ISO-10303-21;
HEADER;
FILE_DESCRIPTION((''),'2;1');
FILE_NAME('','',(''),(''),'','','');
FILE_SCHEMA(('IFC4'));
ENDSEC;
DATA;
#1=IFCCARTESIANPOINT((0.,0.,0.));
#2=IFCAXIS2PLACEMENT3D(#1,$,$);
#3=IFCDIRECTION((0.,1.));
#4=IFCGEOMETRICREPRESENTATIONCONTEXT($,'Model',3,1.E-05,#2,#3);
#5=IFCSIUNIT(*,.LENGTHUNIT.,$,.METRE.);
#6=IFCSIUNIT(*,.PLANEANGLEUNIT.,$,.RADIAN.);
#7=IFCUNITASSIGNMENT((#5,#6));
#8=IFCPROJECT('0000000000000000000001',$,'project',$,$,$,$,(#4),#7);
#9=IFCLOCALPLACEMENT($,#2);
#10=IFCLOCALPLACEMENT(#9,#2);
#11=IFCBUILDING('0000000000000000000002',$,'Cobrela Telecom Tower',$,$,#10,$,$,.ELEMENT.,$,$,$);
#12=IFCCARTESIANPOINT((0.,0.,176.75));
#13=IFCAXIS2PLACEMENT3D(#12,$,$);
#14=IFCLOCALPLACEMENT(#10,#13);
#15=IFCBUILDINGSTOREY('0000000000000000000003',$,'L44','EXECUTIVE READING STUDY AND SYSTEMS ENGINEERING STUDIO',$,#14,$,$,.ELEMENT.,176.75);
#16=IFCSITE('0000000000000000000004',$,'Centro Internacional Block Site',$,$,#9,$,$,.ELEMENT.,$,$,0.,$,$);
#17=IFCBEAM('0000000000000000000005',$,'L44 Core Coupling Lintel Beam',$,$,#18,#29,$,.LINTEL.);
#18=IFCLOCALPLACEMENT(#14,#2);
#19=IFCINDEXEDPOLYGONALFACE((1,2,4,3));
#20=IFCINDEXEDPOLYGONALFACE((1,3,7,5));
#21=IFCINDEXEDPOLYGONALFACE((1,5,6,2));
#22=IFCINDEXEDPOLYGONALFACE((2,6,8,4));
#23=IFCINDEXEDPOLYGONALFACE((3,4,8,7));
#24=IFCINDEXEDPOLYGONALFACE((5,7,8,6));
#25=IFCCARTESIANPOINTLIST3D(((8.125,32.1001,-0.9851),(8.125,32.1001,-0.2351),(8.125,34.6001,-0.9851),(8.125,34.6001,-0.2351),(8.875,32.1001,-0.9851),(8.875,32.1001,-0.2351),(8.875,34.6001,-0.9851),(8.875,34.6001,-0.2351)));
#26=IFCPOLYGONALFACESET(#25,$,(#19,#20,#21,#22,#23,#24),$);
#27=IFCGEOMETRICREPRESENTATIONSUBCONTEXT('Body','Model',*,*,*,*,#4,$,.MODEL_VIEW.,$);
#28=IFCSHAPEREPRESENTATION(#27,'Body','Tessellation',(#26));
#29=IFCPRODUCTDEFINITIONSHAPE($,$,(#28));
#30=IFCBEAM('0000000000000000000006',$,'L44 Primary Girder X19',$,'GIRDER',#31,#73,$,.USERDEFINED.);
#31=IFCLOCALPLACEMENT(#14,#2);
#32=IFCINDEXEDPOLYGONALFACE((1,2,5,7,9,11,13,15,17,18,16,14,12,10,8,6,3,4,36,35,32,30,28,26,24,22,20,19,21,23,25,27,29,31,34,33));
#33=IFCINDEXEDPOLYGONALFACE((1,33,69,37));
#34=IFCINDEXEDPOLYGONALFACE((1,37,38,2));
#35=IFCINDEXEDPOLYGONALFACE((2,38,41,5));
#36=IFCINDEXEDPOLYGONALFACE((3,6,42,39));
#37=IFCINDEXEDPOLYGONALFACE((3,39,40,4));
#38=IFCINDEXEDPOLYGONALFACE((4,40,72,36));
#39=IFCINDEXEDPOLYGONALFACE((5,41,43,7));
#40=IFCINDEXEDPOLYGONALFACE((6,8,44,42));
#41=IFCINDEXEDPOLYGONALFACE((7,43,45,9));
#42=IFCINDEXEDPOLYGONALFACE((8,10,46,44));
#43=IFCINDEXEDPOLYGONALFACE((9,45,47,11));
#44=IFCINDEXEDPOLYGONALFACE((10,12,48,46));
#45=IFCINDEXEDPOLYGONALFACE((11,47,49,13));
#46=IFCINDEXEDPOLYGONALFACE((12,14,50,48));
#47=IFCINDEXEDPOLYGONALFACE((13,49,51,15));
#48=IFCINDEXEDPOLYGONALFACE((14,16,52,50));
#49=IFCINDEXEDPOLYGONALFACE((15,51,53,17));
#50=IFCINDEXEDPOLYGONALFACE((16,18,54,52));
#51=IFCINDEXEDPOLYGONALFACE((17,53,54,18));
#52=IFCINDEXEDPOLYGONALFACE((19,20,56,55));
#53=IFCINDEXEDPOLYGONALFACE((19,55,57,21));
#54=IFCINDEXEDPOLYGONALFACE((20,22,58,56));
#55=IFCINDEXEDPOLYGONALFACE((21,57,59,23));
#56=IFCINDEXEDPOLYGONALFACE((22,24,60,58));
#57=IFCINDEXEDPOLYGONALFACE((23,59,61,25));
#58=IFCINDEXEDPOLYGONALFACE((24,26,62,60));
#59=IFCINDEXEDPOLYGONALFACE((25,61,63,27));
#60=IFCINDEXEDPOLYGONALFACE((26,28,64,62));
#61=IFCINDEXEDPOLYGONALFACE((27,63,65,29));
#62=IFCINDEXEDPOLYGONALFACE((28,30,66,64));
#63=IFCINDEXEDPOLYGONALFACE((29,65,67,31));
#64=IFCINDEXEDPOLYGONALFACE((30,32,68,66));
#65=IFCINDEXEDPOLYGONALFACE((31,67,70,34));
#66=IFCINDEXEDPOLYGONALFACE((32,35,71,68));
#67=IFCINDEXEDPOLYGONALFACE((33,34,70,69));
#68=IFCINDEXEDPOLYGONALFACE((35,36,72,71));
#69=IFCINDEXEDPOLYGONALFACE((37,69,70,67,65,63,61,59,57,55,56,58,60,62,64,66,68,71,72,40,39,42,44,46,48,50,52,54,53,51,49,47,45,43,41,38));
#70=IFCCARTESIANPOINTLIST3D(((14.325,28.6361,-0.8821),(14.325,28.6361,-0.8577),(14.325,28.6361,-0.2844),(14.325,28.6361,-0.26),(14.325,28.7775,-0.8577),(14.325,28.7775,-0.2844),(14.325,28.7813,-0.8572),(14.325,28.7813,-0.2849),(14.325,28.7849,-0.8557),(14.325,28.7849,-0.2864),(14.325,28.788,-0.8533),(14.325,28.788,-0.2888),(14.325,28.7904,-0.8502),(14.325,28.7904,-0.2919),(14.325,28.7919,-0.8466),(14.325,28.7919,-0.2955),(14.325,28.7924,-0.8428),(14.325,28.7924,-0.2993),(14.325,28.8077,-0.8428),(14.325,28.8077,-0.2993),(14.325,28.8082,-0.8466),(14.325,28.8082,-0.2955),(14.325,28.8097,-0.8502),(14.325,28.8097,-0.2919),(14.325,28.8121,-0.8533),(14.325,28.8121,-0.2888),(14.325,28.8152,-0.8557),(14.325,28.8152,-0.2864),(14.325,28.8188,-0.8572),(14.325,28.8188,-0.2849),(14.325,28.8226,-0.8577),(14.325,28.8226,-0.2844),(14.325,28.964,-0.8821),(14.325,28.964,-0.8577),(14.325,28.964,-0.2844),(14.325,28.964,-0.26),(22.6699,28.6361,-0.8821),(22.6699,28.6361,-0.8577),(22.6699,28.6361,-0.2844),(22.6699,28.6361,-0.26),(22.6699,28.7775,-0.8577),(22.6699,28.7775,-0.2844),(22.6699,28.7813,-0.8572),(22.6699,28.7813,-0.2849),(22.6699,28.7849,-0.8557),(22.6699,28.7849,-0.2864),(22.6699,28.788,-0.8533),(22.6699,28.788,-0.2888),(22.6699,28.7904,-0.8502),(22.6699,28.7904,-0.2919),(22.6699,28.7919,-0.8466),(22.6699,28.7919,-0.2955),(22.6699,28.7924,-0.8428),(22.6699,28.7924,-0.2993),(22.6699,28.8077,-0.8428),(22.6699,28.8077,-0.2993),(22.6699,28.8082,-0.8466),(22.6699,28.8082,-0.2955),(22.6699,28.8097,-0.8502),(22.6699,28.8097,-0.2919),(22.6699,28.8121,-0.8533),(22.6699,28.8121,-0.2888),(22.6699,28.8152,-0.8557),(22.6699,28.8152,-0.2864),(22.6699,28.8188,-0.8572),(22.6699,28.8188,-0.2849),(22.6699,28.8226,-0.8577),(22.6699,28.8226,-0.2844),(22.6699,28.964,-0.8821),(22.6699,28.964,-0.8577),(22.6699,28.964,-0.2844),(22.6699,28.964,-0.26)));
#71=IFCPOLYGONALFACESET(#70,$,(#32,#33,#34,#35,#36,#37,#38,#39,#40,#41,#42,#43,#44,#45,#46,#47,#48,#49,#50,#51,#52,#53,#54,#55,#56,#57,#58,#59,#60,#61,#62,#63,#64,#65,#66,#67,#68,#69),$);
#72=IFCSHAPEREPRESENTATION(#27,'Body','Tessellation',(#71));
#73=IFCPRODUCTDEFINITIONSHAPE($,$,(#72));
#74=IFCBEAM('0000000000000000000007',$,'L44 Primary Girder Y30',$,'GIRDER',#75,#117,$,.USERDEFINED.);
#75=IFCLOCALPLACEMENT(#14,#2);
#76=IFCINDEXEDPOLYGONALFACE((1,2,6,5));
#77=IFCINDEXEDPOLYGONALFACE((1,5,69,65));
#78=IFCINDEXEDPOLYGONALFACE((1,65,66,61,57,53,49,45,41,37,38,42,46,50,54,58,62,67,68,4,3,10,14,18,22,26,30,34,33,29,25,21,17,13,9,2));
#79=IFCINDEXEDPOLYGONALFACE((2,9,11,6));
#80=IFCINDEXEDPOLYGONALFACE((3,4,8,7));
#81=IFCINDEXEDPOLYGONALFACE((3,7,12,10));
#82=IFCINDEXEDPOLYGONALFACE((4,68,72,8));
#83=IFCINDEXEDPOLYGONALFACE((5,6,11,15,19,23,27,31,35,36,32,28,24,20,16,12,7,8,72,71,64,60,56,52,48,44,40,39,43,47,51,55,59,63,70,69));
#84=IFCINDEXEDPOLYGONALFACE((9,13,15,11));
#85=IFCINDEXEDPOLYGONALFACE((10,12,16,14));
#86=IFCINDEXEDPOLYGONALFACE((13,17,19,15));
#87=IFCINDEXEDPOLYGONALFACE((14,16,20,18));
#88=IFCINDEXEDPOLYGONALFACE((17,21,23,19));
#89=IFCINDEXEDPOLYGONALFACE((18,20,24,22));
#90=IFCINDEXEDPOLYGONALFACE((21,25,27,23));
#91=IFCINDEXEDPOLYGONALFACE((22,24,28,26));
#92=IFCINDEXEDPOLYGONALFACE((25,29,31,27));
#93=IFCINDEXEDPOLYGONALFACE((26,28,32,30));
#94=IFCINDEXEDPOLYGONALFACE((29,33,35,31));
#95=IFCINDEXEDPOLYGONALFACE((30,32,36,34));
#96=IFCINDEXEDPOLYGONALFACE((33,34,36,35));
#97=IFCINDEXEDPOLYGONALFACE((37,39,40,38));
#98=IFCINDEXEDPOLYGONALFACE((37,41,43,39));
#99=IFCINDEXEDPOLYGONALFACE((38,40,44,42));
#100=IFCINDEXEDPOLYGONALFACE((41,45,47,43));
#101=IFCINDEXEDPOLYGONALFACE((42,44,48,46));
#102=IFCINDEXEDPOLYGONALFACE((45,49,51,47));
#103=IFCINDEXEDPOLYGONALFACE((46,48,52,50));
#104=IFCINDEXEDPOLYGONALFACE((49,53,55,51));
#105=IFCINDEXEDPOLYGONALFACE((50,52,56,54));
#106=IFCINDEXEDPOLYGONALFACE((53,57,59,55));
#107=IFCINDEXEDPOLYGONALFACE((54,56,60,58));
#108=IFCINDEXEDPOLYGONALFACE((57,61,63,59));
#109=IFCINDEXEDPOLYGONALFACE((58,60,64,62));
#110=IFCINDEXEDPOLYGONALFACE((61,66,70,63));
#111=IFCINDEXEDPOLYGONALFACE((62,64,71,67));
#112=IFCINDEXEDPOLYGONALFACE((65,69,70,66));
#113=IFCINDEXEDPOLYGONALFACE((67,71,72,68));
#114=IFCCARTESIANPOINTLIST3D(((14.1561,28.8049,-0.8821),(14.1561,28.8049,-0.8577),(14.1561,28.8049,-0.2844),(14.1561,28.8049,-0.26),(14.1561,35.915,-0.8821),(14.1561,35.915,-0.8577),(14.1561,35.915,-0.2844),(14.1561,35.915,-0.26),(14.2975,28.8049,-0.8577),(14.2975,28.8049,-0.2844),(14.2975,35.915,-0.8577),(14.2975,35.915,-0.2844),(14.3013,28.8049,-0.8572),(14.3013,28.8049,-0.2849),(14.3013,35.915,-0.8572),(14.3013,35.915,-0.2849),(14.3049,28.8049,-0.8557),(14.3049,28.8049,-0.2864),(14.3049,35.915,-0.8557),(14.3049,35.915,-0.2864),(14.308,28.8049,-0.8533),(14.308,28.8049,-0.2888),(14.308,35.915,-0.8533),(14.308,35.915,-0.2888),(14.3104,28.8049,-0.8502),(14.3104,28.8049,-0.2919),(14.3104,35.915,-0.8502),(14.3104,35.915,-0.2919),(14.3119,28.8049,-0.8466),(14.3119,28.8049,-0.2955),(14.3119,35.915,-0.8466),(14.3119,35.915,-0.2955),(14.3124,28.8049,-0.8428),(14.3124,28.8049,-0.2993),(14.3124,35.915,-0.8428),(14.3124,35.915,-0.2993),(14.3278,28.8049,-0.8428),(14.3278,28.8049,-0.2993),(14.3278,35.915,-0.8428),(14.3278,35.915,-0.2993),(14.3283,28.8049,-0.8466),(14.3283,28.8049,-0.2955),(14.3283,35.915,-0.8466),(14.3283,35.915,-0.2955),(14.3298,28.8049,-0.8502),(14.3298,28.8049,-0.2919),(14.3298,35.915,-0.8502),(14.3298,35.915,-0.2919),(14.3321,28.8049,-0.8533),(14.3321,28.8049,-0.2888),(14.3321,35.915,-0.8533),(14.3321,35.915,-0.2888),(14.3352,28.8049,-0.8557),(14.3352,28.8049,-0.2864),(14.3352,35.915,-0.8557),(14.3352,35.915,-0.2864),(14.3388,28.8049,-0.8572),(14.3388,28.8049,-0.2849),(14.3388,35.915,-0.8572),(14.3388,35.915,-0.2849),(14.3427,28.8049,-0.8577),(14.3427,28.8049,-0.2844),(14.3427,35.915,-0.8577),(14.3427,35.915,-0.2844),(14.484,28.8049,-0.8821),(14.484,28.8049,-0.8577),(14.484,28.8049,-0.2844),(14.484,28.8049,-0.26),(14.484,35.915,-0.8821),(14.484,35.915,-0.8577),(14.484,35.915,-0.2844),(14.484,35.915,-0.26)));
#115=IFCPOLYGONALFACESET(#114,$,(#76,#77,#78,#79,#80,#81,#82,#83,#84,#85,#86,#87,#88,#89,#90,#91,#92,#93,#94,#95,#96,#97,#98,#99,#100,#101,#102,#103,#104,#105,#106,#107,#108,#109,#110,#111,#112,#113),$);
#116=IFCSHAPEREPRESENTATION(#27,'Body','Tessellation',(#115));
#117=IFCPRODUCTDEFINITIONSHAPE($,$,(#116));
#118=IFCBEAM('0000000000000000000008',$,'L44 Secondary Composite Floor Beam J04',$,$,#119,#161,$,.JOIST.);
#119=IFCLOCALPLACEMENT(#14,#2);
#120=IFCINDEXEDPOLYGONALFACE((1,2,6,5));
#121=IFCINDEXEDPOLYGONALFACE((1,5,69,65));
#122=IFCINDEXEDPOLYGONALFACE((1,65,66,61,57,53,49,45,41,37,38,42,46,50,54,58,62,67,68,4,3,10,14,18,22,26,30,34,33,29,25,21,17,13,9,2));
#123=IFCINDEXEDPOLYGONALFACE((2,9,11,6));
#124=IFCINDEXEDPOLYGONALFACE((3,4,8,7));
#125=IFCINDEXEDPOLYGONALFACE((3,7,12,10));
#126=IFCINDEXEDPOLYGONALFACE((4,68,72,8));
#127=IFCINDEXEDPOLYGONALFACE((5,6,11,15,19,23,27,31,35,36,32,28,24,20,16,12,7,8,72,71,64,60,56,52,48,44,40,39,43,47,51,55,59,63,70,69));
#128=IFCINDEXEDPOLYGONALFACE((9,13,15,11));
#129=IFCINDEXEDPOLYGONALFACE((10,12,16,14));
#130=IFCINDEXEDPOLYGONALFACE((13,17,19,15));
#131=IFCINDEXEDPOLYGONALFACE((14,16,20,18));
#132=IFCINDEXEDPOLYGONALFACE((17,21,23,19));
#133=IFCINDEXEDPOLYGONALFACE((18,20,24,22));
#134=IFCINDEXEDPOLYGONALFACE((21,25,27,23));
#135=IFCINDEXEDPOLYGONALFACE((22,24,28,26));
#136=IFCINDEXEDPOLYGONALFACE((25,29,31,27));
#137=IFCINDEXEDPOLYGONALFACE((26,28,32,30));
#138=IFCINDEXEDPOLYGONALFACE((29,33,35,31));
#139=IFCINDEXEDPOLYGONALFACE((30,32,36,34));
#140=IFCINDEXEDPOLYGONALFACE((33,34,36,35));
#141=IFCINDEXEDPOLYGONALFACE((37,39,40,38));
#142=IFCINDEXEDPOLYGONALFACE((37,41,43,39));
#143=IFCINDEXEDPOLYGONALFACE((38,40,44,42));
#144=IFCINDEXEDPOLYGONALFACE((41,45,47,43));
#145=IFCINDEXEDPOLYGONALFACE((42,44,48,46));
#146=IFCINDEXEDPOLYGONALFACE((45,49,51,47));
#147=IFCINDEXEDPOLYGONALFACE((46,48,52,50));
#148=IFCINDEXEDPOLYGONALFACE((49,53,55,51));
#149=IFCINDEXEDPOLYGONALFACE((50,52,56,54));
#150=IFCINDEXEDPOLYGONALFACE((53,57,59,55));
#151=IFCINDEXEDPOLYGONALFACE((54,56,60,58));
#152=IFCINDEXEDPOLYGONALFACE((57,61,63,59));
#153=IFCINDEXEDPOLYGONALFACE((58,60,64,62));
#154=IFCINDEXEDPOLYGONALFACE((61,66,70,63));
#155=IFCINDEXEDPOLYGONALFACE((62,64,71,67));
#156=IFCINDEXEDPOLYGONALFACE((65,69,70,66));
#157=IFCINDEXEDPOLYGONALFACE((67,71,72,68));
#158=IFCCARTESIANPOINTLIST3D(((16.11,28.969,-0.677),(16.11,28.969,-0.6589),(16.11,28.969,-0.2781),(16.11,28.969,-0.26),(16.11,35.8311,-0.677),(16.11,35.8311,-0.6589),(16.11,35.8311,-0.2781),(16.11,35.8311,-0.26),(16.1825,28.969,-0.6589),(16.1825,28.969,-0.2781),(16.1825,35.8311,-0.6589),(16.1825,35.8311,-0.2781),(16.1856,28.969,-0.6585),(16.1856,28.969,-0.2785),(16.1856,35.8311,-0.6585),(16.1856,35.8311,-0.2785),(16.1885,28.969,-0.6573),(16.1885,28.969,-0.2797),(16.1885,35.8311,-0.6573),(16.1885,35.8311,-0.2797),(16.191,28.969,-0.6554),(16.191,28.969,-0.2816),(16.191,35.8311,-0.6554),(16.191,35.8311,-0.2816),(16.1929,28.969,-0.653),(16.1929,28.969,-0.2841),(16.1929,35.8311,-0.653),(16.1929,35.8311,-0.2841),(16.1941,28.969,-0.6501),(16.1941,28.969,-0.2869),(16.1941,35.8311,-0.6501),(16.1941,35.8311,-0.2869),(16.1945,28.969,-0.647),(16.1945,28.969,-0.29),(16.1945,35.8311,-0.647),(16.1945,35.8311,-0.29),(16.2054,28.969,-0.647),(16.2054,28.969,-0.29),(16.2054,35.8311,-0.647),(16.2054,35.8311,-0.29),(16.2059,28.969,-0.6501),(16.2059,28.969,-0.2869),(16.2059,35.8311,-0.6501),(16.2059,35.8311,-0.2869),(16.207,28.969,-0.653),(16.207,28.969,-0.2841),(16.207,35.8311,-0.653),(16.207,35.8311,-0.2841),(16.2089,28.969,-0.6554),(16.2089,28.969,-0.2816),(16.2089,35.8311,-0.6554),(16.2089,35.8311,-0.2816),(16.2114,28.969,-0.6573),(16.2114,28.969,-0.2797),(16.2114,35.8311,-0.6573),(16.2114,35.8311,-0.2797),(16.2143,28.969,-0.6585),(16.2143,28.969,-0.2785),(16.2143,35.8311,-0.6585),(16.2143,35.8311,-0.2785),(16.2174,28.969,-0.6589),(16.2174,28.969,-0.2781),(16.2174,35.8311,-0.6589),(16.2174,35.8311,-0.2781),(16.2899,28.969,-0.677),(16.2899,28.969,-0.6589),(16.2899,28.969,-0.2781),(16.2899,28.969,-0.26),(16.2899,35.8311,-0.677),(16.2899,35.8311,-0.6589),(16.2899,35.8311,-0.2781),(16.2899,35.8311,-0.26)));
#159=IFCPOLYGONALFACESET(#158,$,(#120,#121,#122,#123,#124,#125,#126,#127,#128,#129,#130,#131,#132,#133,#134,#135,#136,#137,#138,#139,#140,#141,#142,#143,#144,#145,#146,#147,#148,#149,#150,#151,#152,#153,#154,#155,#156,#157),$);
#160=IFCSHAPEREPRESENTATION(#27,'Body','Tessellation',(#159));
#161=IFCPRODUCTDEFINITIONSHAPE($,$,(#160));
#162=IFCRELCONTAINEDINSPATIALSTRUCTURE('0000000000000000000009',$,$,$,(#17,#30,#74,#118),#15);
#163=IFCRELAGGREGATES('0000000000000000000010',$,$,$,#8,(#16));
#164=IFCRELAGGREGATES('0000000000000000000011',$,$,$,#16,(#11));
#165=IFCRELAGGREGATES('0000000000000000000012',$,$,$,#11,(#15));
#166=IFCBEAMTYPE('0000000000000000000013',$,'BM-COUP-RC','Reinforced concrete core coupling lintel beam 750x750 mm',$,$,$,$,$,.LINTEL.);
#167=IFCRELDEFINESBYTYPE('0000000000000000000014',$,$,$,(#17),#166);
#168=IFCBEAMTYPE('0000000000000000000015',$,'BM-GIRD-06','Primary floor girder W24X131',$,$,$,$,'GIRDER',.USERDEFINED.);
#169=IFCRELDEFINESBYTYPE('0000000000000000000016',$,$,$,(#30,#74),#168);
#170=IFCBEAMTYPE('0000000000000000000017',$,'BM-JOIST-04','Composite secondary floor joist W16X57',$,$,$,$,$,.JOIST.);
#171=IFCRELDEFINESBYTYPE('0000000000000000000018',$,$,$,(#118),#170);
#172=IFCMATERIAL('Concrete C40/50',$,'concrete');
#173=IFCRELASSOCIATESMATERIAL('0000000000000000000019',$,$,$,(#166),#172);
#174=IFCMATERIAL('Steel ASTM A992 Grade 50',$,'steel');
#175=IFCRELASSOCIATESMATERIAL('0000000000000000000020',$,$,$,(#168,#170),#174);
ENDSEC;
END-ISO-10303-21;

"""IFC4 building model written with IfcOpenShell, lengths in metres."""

from ifc_helpers import new_model, si_unit, direction, frame, origin, origin_2d, place, context, subcontext, project, spatial, rectangle, i_section, extrude, material, material_profile, profile_set, type_object, element, save


model = new_model("IFC4")

# Units and contexts
model_context = context("Model", 3, precision=1e-05, world=origin(), true_north=direction((0.0, 1.0)))
body_context = subcontext(model_context, "Body", "Model", "MODEL_VIEW")
ifc_project = project(units=[si_unit("LENGTHUNIT", "METRE"), si_unit("PLANEANGLEUNIT", "RADIAN")], contexts=[model_context])

# Site, building, storey
site_placement = place(None, origin())
site = spatial("IfcSite", under=ifc_project, at=site_placement, Name="Centro Internacional Block Site", CompositionType="ELEMENT", RefElevation=0.0)
building_placement = place(site_placement, origin())
building = spatial("IfcBuilding", under=site, at=building_placement, Name="Cobrela Telecom Tower", CompositionType="ELEMENT")
storey_placement = place(building_placement, frame((0.0, 0.0, 176.75)))
storey = spatial("IfcBuildingStorey", under=building, at=storey_placement, Name="L44", Description="EXECUTIVE READING STUDY AND SYSTEMS ENGINEERING STUDIO", CompositionType="ELEMENT", Elevation=176.75)

# Beams
ifc_material_1 = material(Name="Concrete C40/50", Category="concrete")
ifc_material_profile_1 = material_profile(ifc_material_1, rectangle(XDim=0.75, YDim=0.75, at=origin_2d()), Name="RC 750x750")
ifc_profile_set_1 = profile_set([ifc_material_profile_1], Name="Concrete C40/50")
beam_type_1 = type_object("IfcBeamType", Name="BM-COUP-RC", Description="Reinforced concrete core coupling lintel beam 750x750 mm", PredefinedType="LINTEL", material=ifc_profile_set_1)
beam_1_placement = place(storey_placement, frame((8.5, 32.1001, -0.6101), z_axis=(0.0, 1.0, 0.0), x_axis=(-1.0, 0.0, 0.0)))
element("IfcBeam", 1, at=beam_1_placement, inside=storey, type_object=beam_type_1, Name="L44 Core Coupling Lintel Beam", PredefinedType="LINTEL", context=body_context, shape_type="SweptSolid", body=[
    extrude(rectangle(XDim=0.75, YDim=0.75, at=origin_2d()), origin(), (0.0, 0.0, 1.0), 2.5),
])
ifc_material_2 = material(Name="Steel ASTM A992 Grade 50", Category="steel")
ifc_material_profile_2 = material_profile(ifc_material_2, i_section(OverallWidth=0.3279, OverallDepth=0.6221, WebThickness=0.0154, FlangeThickness=0.0244, FilletRadius=0.0149, at=origin_2d()), Name="W24X131")
ifc_profile_set_2 = profile_set([ifc_material_profile_2], Name="Steel ASTM A992 Grade 50")
beam_type_2 = type_object("IfcBeamType", Name="BM-GIRD-06", Description="Primary floor girder W24X131", ElementType="GIRDER", PredefinedType="USERDEFINED", material=ifc_profile_set_2)
beam_2_placement = place(storey_placement, frame((14.325, 28.8, -0.571), z_axis=(1.0, 0.0, 0.0), x_axis=(0.0, 1.0, 0.0)))
element("IfcBeam", 2, at=beam_2_placement, inside=storey, type_object=beam_type_2, Name="L44 Primary Girder X19", ObjectType="GIRDER", PredefinedType="USERDEFINED", context=body_context, shape_type="SweptSolid", body=[
    extrude(i_section(OverallWidth=0.3279, OverallDepth=0.6221, WebThickness=0.0154, FlangeThickness=0.0244, FilletRadius=0.0149, at=origin_2d()), origin(), (0.0, 0.0, 1.0), 8.345),
])
beam_3_placement = place(storey_placement, frame((14.3201, 28.8049, -0.571), z_axis=(0.0, 1.0, 0.0), x_axis=(-1.0, 0.0, 0.0)))
element("IfcBeam", 3, at=beam_3_placement, inside=storey, type_object=beam_type_2, Name="L44 Primary Girder Y30", ObjectType="GIRDER", PredefinedType="USERDEFINED", context=body_context, shape_type="SweptSolid", body=[
    extrude(i_section(OverallWidth=0.3279, OverallDepth=0.6221, WebThickness=0.0154, FlangeThickness=0.0244, FilletRadius=0.0149, at=origin_2d()), origin(), (0.0, 0.0, 1.0), 7.1101),
])
ifc_material_profile_3 = material_profile(ifc_material_2, i_section(OverallWidth=0.1799, OverallDepth=0.417, WebThickness=0.011, FlangeThickness=0.0181, FilletRadius=0.012, at=origin_2d()), Name="W16X57")
ifc_profile_set_3 = profile_set([ifc_material_profile_3], Name="Steel ASTM A992 Grade 50")
beam_type_3 = type_object("IfcBeamType", Name="BM-JOIST-04", Description="Composite secondary floor joist W16X57", PredefinedType="JOIST", material=ifc_profile_set_3)
beam_4_placement = place(storey_placement, frame((16.2, 28.969, -0.4685), z_axis=(0.0, 1.0, 0.0), x_axis=(-1.0, 0.0, 0.0)))
element("IfcBeam", 4, at=beam_4_placement, inside=storey, type_object=beam_type_3, Name="L44 Secondary Composite Floor Beam J04", PredefinedType="JOIST", context=body_context, shape_type="SweptSolid", body=[
    extrude(i_section(OverallWidth=0.1799, OverallDepth=0.417, WebThickness=0.011, FlangeThickness=0.0181, FilletRadius=0.012, at=origin_2d()), origin(), (0.0, 0.0, 1.0), 6.8621),
])

save(model, "model.ifc")
